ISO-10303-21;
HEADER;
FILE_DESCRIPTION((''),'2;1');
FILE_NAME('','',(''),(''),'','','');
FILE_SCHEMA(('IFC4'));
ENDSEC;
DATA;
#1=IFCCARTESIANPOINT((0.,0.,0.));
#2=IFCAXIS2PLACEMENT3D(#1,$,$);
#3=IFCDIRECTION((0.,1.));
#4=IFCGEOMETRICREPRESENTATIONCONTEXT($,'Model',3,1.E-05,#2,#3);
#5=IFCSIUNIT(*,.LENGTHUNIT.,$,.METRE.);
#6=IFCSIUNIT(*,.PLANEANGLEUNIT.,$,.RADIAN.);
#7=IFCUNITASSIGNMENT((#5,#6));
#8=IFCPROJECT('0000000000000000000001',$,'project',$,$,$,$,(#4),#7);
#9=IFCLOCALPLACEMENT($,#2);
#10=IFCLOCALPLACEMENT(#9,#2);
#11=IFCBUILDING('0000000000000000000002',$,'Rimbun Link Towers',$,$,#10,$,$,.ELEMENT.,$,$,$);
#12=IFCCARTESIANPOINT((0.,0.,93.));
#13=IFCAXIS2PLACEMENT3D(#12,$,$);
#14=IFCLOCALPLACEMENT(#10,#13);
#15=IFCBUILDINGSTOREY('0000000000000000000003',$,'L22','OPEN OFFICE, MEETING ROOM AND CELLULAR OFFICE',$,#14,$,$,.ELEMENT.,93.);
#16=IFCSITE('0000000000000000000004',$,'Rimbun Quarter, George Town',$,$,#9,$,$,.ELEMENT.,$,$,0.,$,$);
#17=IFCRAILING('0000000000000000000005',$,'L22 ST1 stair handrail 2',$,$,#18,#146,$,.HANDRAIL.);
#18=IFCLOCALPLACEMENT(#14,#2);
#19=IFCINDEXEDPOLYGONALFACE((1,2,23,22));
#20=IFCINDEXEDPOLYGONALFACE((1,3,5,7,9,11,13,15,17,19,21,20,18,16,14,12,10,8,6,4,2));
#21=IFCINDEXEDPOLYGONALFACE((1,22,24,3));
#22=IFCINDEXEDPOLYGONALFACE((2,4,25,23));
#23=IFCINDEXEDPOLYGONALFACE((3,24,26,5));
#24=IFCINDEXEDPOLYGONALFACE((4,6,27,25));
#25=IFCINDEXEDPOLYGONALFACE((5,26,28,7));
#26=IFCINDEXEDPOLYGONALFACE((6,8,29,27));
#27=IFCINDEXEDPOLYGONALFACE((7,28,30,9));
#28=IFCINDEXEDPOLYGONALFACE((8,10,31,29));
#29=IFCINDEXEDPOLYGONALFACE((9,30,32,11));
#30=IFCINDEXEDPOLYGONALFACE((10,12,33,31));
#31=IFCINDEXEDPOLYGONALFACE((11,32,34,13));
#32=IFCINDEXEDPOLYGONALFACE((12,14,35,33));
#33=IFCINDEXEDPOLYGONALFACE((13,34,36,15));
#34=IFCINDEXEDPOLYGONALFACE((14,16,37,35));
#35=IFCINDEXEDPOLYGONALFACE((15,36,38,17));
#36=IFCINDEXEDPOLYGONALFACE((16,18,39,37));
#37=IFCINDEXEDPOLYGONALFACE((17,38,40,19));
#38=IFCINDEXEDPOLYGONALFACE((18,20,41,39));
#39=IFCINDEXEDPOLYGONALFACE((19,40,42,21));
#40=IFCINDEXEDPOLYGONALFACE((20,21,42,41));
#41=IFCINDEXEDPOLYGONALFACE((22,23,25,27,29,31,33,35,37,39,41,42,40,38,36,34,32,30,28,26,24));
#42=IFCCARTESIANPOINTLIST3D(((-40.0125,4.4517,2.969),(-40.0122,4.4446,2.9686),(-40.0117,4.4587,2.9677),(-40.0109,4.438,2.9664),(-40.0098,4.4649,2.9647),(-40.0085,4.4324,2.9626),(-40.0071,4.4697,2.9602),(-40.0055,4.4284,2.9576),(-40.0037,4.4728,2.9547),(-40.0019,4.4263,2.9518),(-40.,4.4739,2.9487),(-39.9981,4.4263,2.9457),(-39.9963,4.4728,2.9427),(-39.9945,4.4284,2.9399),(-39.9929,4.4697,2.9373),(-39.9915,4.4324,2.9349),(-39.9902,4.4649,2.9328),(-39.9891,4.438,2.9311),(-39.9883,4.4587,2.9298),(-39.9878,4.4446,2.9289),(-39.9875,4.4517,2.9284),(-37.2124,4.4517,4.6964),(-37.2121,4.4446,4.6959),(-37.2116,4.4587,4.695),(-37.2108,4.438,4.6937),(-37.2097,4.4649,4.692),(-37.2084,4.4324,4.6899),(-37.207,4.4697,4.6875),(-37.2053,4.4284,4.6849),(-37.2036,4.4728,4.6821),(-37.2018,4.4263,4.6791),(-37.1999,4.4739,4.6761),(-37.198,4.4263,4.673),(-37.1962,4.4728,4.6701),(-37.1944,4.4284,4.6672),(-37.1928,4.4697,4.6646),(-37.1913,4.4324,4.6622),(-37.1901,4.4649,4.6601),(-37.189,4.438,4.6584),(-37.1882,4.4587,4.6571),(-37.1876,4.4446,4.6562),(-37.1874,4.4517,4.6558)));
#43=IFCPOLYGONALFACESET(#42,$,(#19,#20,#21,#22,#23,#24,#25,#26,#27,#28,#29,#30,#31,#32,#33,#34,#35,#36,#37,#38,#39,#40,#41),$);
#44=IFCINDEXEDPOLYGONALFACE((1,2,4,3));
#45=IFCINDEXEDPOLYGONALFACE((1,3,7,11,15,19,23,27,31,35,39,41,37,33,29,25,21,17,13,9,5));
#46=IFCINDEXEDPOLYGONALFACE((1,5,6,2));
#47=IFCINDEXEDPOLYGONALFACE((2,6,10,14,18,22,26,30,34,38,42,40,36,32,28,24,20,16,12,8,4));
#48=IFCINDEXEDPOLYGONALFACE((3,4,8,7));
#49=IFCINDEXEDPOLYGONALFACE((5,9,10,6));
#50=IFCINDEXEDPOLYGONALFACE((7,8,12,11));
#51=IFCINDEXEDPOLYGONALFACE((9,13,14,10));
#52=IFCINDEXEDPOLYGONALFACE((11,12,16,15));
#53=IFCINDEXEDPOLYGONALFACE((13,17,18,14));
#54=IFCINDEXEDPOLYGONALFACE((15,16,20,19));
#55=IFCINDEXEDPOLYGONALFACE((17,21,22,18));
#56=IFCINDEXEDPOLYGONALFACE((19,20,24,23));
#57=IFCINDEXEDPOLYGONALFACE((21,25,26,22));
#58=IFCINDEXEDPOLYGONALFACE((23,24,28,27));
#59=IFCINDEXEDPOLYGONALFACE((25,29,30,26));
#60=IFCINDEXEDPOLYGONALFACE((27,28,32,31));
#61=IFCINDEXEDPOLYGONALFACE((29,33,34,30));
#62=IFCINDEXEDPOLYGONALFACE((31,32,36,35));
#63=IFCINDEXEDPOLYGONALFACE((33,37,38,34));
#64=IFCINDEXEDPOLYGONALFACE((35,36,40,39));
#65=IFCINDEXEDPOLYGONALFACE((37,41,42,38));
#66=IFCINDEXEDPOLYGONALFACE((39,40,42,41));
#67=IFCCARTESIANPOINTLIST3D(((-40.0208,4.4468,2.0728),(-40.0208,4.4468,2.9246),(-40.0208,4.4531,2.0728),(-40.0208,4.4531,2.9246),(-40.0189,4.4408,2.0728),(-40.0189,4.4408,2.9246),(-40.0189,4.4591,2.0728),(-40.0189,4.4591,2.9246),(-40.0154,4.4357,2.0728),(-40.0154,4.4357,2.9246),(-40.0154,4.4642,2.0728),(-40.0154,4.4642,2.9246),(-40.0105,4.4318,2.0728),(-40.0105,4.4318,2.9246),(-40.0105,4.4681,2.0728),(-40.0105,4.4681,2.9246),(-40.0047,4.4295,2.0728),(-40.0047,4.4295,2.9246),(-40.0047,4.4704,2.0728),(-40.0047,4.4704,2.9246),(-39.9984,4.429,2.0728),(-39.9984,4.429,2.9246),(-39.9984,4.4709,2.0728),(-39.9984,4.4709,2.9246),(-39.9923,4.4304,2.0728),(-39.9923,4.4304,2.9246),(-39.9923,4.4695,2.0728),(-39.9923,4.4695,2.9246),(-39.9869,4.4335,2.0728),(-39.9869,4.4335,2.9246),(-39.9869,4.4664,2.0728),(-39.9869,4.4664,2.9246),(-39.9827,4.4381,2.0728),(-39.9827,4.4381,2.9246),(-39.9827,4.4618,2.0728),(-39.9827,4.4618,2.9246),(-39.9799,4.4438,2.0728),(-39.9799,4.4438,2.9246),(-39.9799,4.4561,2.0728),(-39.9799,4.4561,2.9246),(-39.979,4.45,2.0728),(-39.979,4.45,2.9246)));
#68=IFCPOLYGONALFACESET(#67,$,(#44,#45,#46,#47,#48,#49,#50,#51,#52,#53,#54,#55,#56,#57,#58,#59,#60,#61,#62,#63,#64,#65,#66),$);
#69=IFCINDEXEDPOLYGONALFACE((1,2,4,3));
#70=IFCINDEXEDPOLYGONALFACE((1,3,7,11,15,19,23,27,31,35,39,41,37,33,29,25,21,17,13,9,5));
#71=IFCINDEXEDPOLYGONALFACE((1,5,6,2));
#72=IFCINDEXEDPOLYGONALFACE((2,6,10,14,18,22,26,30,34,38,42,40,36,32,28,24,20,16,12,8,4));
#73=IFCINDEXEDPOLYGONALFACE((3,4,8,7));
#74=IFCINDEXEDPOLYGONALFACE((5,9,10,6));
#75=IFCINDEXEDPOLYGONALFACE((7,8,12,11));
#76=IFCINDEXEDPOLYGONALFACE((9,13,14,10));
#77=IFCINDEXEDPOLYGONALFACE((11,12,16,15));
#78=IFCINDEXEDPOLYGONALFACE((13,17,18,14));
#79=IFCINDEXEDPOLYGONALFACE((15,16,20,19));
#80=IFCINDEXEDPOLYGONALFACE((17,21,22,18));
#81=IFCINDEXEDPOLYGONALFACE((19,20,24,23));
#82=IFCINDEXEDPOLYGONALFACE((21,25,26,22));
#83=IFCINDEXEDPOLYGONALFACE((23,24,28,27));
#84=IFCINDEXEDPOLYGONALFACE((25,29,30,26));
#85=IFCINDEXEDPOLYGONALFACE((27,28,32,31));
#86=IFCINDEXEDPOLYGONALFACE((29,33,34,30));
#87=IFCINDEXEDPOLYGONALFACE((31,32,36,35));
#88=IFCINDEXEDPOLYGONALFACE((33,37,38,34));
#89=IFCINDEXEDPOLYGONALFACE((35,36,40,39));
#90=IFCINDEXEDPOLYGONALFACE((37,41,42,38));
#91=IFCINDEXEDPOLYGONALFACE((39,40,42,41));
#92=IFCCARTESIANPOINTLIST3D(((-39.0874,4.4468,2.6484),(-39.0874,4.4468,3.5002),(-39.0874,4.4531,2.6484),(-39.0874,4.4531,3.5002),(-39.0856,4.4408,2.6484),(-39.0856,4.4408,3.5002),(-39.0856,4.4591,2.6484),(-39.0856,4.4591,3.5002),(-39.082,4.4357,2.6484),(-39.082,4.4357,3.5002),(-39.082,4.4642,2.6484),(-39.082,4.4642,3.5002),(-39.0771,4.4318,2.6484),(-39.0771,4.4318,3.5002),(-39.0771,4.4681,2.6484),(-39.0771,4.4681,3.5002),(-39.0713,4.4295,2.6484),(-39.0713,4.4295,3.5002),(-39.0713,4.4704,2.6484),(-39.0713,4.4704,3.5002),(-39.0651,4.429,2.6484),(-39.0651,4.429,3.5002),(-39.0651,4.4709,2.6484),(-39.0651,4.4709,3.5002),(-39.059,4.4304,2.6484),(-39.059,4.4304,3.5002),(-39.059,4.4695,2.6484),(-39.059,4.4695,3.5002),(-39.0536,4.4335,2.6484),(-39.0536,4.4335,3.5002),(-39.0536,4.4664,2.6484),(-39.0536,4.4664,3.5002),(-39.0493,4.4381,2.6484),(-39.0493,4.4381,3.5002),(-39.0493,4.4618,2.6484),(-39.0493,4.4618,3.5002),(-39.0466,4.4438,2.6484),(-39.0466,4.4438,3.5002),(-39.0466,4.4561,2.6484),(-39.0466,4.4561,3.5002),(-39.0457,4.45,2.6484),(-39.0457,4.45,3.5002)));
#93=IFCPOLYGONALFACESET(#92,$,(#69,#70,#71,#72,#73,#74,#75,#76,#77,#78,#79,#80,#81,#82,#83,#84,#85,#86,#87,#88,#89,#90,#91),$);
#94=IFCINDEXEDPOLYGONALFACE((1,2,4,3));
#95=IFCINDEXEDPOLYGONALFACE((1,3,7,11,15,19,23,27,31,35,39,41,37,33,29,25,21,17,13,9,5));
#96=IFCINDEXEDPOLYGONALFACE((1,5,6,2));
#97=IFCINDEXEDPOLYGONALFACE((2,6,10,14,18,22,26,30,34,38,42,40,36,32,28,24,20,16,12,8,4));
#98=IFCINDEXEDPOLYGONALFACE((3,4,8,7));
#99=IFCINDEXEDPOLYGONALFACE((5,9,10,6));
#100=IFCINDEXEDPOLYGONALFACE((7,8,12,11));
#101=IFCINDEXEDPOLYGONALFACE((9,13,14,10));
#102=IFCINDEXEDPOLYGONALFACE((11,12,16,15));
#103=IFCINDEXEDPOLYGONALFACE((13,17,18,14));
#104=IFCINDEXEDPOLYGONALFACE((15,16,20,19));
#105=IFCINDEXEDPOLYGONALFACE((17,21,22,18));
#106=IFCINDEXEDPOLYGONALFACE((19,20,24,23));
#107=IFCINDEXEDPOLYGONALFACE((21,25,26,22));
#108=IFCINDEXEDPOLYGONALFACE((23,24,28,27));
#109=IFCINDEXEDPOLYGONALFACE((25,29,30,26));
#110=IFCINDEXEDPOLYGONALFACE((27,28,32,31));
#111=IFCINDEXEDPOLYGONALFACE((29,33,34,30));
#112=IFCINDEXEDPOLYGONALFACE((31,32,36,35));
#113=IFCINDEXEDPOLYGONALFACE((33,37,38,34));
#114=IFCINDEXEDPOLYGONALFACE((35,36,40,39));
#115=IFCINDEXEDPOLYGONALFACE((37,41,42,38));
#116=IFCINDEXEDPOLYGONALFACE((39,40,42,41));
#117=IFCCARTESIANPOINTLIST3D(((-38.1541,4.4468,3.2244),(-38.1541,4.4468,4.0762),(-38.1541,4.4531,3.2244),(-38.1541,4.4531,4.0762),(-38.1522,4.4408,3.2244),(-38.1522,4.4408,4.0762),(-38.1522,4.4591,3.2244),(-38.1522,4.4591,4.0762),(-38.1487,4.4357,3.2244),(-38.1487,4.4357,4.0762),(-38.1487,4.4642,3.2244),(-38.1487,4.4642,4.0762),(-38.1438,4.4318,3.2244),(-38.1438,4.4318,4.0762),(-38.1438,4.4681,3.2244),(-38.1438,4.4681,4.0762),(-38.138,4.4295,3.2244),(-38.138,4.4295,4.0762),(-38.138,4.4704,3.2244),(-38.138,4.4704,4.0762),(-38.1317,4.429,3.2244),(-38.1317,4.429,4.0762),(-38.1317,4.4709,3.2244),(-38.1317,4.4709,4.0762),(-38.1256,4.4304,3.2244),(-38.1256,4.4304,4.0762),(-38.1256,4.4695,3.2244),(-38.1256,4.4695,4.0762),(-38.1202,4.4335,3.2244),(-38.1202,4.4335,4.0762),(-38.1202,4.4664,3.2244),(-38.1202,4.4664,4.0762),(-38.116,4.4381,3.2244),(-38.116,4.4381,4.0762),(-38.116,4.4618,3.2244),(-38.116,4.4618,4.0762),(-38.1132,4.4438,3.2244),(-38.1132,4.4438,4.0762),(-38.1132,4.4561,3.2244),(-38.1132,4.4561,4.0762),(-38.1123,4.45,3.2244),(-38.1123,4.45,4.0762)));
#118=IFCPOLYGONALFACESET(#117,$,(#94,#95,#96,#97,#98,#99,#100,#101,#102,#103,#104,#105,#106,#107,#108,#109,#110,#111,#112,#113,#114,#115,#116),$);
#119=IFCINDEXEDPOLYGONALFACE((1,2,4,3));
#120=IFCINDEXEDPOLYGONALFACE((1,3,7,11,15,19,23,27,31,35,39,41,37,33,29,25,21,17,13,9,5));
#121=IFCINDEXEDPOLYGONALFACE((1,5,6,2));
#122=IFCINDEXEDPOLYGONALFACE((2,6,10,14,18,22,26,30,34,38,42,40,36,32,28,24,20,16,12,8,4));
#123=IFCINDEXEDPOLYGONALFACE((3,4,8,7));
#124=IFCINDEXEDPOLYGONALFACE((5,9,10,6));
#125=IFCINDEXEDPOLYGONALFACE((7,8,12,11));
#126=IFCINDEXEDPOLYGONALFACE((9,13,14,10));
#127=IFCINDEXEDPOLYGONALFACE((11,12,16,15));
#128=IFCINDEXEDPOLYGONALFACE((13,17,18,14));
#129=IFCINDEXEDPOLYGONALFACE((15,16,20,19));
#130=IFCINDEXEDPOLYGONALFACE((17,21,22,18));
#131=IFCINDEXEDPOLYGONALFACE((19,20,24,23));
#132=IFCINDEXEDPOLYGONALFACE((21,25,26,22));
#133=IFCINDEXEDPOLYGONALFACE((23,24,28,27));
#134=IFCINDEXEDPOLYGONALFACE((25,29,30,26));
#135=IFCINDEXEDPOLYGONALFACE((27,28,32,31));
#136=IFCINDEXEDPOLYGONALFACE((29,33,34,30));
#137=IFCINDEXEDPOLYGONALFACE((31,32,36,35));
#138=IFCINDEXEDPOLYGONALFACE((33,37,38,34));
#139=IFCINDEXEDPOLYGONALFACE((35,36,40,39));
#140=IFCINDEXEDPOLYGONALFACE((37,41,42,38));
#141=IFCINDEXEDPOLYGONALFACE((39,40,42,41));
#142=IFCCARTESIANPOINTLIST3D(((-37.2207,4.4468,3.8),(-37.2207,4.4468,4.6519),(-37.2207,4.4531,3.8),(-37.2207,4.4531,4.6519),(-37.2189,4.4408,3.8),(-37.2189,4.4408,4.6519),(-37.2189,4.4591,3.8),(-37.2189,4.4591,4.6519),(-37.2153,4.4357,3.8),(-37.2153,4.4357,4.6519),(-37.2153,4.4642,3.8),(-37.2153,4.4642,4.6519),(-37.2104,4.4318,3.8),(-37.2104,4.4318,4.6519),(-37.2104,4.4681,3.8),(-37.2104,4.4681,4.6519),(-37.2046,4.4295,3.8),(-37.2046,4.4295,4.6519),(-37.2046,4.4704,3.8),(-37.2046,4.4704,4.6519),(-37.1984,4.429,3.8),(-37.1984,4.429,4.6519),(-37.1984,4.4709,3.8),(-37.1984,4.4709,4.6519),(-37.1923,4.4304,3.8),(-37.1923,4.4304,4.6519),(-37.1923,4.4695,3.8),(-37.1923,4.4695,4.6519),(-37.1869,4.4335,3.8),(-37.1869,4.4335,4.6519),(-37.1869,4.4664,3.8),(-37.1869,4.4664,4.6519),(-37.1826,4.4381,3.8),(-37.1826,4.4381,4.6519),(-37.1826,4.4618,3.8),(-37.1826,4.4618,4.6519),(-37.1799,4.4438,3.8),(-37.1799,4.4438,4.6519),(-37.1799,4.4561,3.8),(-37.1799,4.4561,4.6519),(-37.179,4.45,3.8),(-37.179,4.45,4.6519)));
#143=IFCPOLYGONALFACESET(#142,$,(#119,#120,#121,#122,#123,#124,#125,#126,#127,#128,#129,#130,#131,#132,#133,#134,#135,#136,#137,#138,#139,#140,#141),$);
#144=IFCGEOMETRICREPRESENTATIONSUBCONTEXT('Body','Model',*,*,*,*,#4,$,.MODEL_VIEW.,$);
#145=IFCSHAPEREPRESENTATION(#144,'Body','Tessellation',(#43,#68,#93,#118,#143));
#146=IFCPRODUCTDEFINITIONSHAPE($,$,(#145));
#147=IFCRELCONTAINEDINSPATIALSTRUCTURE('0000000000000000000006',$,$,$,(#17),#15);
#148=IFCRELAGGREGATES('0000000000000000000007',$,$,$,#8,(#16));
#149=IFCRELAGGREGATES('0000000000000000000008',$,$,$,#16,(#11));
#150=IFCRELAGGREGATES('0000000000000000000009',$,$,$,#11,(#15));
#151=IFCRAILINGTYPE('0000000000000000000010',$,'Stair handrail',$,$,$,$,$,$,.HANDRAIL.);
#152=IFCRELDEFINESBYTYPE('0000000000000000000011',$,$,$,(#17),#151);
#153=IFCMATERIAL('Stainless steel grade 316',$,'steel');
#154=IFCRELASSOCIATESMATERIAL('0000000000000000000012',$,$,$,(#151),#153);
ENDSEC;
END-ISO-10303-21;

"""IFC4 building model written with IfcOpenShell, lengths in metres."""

from ifc_helpers import new_model, si_unit, direction, frame, origin, origin_2d, place, context, subcontext, project, spatial, circle, extrude, material, type_object, element, save


model = new_model("IFC4")

# Units and contexts
model_context = context("Model", 3, precision=1e-05, world=origin(), true_north=direction((0.0, 1.0)))
body_context = subcontext(model_context, "Body", "Model", "MODEL_VIEW")
ifc_project = project(units=[si_unit("LENGTHUNIT", "METRE"), si_unit("PLANEANGLEUNIT", "RADIAN")], contexts=[model_context])

# Site, building, storey
site_placement = place(None, origin())
site = spatial("IfcSite", under=ifc_project, at=site_placement, Name="Rimbun Quarter, George Town", CompositionType="ELEMENT", RefElevation=0.0)
building_placement = place(site_placement, origin())
building = spatial("IfcBuilding", under=site, at=building_placement, Name="Rimbun Link Towers", CompositionType="ELEMENT")
storey_placement = place(building_placement, frame((0.0, 0.0, 93.0)))
storey = spatial("IfcBuildingStorey", under=building, at=storey_placement, Name="L22", Description="OPEN OFFICE, MEETING ROOM AND CELLULAR OFFICE", CompositionType="ELEMENT", Elevation=93.0)

# Railing
ifc_material_1 = material(Name="Stainless steel grade 316", Category="steel")
railing_type_1 = type_object("IfcRailingType", Name="Stair handrail", PredefinedType="HANDRAIL", material=ifc_material_1)
railing_1_placement = place(storey_placement, frame((-40.0, 4.45, 2.0728)))
element("IfcRailing", 1, at=railing_1_placement, inside=storey, type_object=railing_type_1, Name="L22 ST1 stair handrail 2", PredefinedType="HANDRAIL", context=body_context, shape_type="SweptSolid", body=[
    extrude(circle(Radius=0.0239, at=origin_2d()), frame((0.0, 0.0, 0.876), z_axis=(0.85109, 0.0, 0.52502), x_axis=(0.0, 1.0, 0.0)), (0.0, 0.0, 1.0), 3.29),
    extrude(circle(Radius=0.021, at=origin_2d()), origin(), (0.0, 0.0, 1.0), 0.8518),
    extrude(circle(Radius=0.021, at=origin_2d()), frame((0.9333, 0.0, 0.5757)), (0.0, 0.0, 1.0), 0.8518),
    extrude(circle(Radius=0.021, at=origin_2d()), frame((1.8667, 0.0, 1.1516)), (0.0, 0.0, 1.0), 0.8518),
    extrude(circle(Radius=0.021, at=origin_2d()), frame((2.8, 0.0, 1.7273)), (0.0, 0.0, 1.0), 0.8518),
])

save(model, "model.ifc")
